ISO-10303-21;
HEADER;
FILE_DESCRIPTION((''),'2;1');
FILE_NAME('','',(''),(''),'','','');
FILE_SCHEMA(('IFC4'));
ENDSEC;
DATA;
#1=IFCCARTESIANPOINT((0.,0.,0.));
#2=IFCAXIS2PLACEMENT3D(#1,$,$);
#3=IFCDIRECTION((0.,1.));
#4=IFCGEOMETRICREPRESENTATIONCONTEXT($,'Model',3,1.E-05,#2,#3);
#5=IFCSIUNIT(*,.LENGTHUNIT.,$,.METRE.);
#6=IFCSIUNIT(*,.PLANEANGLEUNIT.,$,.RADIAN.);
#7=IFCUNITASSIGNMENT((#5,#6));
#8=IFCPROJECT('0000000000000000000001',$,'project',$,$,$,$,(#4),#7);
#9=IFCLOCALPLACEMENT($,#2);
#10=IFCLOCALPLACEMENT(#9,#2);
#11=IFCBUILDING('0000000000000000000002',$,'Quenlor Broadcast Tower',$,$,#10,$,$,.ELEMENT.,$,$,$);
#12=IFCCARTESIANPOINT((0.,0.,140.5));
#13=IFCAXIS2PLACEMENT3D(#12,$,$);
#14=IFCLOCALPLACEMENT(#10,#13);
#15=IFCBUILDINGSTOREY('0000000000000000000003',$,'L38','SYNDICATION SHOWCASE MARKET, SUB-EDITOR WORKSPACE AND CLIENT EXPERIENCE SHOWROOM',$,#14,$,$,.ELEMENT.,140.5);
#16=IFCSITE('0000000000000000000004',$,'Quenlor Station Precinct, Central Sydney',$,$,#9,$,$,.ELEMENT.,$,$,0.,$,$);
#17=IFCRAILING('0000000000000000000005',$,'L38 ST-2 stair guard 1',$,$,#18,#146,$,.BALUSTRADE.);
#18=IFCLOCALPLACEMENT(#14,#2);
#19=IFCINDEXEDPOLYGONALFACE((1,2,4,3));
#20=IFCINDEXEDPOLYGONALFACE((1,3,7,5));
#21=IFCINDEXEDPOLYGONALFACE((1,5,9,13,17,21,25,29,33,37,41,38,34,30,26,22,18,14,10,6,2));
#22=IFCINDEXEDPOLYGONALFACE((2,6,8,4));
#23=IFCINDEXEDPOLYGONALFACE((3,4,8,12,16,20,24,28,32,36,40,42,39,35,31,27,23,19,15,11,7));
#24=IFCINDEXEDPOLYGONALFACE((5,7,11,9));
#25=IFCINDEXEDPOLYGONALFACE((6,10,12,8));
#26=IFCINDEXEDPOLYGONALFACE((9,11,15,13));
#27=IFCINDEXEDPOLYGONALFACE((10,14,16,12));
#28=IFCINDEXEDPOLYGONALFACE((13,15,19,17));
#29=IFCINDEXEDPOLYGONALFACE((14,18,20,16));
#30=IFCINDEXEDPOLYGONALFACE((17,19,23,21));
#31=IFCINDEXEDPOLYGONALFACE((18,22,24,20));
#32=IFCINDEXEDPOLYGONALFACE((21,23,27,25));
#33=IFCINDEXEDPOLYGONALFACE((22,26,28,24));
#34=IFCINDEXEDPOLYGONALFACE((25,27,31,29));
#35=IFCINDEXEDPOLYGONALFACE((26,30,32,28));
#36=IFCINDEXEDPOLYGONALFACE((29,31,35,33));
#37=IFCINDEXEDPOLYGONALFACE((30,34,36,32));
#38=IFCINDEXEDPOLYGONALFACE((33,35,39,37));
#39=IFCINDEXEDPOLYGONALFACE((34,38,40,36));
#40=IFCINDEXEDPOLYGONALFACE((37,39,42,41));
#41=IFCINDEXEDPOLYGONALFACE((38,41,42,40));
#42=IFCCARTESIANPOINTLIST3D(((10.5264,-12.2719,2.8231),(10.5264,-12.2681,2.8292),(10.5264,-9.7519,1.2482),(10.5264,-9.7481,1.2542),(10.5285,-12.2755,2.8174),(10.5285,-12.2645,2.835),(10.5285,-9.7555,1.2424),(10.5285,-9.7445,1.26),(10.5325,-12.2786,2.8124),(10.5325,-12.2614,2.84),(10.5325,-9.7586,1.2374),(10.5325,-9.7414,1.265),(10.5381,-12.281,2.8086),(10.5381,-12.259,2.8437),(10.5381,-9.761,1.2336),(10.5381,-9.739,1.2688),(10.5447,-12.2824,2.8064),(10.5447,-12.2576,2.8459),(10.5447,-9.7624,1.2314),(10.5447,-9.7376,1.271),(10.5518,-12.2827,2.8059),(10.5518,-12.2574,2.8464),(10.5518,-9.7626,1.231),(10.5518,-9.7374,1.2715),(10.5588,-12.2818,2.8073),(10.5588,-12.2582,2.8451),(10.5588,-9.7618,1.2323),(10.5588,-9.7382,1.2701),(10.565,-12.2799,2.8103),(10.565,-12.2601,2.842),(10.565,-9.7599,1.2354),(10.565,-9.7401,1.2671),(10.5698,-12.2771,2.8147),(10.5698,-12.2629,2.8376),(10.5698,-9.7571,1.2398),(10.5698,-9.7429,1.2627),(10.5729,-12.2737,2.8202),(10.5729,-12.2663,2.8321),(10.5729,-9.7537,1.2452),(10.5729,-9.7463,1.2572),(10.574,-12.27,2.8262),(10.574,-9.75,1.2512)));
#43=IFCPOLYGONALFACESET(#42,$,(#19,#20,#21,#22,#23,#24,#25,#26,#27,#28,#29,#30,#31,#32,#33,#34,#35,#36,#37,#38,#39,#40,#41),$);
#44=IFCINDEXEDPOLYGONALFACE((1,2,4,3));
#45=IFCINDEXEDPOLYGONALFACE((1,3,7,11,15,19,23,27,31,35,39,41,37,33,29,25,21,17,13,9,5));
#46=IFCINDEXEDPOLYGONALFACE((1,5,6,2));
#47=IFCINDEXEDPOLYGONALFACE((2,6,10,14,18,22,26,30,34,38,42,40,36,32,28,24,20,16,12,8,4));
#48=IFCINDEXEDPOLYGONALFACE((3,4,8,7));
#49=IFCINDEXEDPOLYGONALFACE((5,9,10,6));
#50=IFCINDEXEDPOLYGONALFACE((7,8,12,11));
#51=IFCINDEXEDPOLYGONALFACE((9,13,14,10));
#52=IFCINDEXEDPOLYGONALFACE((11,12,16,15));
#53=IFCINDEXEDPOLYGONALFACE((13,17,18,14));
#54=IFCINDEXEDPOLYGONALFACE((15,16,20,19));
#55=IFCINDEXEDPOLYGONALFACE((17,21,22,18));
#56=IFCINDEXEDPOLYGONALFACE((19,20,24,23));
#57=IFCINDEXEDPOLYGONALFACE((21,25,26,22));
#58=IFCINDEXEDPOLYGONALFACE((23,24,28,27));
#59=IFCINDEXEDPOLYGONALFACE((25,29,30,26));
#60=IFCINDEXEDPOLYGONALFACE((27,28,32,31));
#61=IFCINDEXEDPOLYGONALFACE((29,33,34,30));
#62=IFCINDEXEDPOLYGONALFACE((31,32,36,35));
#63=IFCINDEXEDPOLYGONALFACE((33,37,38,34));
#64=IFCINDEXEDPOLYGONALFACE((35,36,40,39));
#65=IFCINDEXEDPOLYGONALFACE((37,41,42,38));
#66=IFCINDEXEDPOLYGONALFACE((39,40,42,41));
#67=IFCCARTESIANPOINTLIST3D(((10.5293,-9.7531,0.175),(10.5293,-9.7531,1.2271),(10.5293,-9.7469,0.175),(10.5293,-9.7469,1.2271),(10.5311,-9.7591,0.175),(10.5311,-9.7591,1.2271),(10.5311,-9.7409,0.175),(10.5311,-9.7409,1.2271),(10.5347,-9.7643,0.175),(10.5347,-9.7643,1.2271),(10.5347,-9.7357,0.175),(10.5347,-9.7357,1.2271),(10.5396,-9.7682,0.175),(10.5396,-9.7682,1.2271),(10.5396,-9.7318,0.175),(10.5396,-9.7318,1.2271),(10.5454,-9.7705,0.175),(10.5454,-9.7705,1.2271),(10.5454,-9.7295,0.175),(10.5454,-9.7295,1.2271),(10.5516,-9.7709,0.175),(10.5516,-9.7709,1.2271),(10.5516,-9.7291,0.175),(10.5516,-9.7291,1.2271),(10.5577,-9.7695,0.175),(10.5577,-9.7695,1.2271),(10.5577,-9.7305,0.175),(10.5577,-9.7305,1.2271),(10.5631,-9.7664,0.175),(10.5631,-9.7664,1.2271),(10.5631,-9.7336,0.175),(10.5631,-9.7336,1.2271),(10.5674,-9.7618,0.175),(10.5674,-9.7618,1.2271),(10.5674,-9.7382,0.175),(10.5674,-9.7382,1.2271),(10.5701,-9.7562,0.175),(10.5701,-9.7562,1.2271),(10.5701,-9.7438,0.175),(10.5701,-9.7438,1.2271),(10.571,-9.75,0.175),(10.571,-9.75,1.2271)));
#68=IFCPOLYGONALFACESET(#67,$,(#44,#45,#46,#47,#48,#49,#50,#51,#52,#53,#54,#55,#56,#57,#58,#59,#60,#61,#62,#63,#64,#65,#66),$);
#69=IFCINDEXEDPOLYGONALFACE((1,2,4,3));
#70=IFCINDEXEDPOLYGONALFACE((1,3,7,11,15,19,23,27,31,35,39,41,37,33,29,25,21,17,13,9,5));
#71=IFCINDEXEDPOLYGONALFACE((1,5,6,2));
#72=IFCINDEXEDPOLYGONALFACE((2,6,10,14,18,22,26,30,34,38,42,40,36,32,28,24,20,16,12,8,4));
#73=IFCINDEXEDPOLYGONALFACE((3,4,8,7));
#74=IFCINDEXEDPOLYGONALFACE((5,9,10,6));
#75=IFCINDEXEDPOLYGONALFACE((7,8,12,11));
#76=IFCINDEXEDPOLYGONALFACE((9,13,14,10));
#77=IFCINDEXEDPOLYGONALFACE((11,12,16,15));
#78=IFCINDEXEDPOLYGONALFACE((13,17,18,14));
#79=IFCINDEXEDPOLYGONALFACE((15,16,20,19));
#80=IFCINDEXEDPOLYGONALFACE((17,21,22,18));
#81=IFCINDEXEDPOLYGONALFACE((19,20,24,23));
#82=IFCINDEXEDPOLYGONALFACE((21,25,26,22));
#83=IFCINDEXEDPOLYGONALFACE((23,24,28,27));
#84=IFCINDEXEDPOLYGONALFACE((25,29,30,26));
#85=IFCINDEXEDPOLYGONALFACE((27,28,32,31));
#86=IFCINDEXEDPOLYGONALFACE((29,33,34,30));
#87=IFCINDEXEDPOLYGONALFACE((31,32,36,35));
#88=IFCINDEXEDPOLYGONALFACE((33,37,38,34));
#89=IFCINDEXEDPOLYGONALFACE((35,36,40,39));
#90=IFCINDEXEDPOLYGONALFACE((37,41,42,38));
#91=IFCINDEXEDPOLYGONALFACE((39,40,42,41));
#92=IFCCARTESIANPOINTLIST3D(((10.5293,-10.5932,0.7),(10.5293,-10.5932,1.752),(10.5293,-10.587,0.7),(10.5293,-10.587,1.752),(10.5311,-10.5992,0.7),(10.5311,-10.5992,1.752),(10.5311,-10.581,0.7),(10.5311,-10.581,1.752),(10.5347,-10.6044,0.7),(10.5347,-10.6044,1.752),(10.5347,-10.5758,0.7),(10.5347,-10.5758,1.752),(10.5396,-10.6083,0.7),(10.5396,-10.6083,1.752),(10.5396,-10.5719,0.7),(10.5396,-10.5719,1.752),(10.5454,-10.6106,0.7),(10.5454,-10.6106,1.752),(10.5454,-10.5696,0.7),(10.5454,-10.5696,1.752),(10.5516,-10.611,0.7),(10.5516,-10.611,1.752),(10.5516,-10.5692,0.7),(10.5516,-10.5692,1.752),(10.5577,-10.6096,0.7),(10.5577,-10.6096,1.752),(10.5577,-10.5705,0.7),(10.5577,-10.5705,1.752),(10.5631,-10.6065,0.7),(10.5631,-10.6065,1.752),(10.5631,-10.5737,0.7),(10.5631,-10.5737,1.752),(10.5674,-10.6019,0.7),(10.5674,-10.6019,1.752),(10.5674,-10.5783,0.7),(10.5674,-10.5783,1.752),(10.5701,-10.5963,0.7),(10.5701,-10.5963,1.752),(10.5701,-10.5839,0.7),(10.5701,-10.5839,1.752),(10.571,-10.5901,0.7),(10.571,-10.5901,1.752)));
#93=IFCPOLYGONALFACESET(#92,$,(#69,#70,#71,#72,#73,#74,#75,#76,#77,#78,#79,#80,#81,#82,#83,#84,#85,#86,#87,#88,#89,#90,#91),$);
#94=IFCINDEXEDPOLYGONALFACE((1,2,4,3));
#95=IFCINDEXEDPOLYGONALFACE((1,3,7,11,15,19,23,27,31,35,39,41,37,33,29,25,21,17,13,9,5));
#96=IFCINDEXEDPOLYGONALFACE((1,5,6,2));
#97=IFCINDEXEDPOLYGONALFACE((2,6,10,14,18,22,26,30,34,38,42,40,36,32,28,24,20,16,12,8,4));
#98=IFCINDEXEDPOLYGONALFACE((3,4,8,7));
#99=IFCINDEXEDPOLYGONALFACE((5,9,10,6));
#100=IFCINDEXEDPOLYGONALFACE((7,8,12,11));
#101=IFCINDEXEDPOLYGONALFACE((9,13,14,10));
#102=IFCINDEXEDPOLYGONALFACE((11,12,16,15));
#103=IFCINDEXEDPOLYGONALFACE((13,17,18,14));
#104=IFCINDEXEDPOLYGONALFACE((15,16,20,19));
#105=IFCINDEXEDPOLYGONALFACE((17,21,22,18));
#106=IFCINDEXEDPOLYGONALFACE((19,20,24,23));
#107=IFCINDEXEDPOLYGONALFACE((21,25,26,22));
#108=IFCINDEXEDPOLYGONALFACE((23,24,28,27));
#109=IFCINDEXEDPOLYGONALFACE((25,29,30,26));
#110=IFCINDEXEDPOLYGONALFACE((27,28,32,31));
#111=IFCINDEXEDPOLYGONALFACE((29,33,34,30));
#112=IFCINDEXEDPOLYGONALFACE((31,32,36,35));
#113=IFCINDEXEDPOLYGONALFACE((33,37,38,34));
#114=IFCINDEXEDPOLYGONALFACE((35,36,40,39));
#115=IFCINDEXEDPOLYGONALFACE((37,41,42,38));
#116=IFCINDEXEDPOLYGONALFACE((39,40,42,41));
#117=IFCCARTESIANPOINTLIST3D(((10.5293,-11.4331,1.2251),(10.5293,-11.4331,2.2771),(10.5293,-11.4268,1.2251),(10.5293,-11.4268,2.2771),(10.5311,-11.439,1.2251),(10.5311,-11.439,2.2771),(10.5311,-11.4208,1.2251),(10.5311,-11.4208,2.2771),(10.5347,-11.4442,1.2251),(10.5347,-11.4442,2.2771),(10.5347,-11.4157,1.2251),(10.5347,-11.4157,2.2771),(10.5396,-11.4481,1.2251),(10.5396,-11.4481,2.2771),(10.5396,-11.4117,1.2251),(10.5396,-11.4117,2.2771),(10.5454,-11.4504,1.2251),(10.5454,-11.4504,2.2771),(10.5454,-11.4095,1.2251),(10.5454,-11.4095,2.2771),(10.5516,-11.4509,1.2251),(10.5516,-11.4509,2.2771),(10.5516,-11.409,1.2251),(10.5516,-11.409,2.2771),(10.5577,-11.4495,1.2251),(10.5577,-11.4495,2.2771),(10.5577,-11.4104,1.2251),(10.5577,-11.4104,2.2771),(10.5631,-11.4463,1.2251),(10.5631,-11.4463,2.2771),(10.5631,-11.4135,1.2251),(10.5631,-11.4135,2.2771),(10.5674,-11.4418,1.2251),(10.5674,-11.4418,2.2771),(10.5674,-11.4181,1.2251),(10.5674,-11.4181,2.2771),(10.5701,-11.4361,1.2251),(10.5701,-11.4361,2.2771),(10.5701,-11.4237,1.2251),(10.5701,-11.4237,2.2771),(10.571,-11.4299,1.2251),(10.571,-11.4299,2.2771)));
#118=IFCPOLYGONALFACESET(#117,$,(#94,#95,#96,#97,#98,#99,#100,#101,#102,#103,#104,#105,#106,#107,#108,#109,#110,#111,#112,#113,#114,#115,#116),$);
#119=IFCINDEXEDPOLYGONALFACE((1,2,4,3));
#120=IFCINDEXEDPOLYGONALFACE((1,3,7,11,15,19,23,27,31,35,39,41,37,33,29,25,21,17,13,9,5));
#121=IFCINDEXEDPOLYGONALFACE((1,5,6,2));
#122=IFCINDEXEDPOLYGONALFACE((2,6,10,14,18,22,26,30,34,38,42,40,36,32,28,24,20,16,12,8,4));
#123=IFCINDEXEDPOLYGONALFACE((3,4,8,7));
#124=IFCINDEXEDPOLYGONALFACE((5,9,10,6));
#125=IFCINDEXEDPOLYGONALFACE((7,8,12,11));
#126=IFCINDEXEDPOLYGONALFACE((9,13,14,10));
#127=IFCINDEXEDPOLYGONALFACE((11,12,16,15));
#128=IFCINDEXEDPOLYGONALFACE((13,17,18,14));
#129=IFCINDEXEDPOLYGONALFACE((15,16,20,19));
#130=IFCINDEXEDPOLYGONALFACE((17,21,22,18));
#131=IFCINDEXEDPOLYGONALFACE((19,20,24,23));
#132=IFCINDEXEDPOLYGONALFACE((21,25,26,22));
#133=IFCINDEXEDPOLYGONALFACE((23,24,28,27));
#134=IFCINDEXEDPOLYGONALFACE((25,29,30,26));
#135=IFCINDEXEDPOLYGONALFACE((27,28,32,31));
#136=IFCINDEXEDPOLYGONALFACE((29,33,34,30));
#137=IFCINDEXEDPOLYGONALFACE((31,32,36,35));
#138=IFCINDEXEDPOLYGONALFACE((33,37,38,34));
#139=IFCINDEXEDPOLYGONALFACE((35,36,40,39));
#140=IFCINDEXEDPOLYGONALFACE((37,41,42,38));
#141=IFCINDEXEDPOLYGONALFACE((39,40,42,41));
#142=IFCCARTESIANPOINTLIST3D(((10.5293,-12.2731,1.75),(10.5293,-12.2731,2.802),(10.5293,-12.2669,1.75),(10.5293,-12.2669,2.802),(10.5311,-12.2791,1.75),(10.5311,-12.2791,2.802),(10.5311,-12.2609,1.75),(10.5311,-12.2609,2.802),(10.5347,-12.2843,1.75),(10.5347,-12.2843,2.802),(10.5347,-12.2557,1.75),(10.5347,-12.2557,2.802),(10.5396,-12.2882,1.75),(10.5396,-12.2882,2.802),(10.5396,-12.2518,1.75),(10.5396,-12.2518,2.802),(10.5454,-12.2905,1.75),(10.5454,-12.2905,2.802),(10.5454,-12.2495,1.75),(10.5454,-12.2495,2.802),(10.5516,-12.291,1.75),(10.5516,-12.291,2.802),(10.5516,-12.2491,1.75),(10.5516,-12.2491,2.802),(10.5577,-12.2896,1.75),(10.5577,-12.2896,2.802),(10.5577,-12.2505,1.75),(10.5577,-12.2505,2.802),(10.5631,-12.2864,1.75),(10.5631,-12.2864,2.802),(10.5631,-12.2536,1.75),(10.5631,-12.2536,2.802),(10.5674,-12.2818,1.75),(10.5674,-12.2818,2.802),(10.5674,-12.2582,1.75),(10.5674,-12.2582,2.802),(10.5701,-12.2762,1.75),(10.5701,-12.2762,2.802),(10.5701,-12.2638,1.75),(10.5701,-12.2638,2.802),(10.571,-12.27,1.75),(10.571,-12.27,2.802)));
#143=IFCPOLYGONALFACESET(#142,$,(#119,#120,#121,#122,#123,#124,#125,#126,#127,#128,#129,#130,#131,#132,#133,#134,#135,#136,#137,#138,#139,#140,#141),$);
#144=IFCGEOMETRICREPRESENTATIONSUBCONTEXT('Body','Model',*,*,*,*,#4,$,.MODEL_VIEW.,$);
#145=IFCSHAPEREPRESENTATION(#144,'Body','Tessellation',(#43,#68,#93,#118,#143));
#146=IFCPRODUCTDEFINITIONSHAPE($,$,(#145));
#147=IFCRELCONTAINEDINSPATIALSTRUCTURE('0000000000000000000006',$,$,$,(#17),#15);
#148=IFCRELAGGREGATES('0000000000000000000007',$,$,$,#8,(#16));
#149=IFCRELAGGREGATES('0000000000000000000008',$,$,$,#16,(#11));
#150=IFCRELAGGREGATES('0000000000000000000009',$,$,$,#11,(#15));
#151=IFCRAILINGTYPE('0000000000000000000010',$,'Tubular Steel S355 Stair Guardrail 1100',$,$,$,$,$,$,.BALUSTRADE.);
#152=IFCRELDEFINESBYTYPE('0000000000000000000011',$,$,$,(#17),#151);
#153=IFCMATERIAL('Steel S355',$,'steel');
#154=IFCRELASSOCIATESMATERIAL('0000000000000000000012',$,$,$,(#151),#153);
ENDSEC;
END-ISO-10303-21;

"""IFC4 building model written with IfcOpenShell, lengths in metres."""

from ifc_helpers import new_model, si_unit, direction, frame, origin, origin_2d, place, context, subcontext, project, spatial, circle, extrude, material, type_object, element, save


model = new_model("IFC4")

# Units and contexts
model_context = context("Model", 3, precision=1e-05, world=origin(), true_north=direction((0.0, 1.0)))
body_context = subcontext(model_context, "Body", "Model", "MODEL_VIEW")
ifc_project = project(units=[si_unit("LENGTHUNIT", "METRE"), si_unit("PLANEANGLEUNIT", "RADIAN")], contexts=[model_context])

# Site, building, storey
site_placement = place(None, origin())
site = spatial("IfcSite", under=ifc_project, at=site_placement, Name="Quenlor Station Precinct, Central Sydney", CompositionType="ELEMENT", RefElevation=0.0)
building_placement = place(site_placement, origin())
building = spatial("IfcBuilding", under=site, at=building_placement, Name="Quenlor Broadcast Tower", CompositionType="ELEMENT")
storey_placement = place(building_placement, frame((0.0, 0.0, 140.5)))
storey = spatial("IfcBuildingStorey", under=building, at=storey_placement, Name="L38", Description="SYNDICATION SHOWCASE MARKET, SUB-EDITOR WORKSPACE AND CLIENT EXPERIENCE SHOWROOM", CompositionType="ELEMENT", Elevation=140.5)

# Railing
ifc_material_1 = material(Name="Steel S355", Category="steel")
railing_type_1 = type_object("IfcRailingType", Name="Tubular Steel S355 Stair Guardrail 1100", PredefinedType="BALUSTRADE", material=ifc_material_1)
railing_1_placement = place(storey_placement, frame((10.55, -9.75, 0.175)))
element("IfcRailing", 1, at=railing_1_placement, inside=storey, type_object=railing_type_1, Name="L38 ST-2 stair guard 1", PredefinedType="BALUSTRADE", context=body_context, shape_type="SweptSolid", body=[
    extrude(circle(Radius=0.0239, at=origin_2d()), frame((0.0, 0.0, 1.0762), z_axis=(0.0, -0.848008, 0.529984), x_axis=(1.0, 0.0, 0.0)), (0.0, 0.0, 1.0), 2.9717),
    extrude(circle(Radius=0.021, at=origin_2d()), origin(), (0.0, 0.0, 1.0), 1.052),
    extrude(circle(Radius=0.021, at=origin_2d()), frame((0.0, -0.8401, 0.5249)), (0.0, 0.0, 1.0), 1.052),
    extrude(circle(Radius=0.021, at=origin_2d()), frame((0.0, -1.6799, 1.05)), (0.0, 0.0, 1.0), 1.052),
    extrude(circle(Radius=0.021, at=origin_2d()), frame((0.0, -2.52, 1.575)), (0.0, 0.0, 1.0), 1.052),
])

save(model, "model.ifc")
